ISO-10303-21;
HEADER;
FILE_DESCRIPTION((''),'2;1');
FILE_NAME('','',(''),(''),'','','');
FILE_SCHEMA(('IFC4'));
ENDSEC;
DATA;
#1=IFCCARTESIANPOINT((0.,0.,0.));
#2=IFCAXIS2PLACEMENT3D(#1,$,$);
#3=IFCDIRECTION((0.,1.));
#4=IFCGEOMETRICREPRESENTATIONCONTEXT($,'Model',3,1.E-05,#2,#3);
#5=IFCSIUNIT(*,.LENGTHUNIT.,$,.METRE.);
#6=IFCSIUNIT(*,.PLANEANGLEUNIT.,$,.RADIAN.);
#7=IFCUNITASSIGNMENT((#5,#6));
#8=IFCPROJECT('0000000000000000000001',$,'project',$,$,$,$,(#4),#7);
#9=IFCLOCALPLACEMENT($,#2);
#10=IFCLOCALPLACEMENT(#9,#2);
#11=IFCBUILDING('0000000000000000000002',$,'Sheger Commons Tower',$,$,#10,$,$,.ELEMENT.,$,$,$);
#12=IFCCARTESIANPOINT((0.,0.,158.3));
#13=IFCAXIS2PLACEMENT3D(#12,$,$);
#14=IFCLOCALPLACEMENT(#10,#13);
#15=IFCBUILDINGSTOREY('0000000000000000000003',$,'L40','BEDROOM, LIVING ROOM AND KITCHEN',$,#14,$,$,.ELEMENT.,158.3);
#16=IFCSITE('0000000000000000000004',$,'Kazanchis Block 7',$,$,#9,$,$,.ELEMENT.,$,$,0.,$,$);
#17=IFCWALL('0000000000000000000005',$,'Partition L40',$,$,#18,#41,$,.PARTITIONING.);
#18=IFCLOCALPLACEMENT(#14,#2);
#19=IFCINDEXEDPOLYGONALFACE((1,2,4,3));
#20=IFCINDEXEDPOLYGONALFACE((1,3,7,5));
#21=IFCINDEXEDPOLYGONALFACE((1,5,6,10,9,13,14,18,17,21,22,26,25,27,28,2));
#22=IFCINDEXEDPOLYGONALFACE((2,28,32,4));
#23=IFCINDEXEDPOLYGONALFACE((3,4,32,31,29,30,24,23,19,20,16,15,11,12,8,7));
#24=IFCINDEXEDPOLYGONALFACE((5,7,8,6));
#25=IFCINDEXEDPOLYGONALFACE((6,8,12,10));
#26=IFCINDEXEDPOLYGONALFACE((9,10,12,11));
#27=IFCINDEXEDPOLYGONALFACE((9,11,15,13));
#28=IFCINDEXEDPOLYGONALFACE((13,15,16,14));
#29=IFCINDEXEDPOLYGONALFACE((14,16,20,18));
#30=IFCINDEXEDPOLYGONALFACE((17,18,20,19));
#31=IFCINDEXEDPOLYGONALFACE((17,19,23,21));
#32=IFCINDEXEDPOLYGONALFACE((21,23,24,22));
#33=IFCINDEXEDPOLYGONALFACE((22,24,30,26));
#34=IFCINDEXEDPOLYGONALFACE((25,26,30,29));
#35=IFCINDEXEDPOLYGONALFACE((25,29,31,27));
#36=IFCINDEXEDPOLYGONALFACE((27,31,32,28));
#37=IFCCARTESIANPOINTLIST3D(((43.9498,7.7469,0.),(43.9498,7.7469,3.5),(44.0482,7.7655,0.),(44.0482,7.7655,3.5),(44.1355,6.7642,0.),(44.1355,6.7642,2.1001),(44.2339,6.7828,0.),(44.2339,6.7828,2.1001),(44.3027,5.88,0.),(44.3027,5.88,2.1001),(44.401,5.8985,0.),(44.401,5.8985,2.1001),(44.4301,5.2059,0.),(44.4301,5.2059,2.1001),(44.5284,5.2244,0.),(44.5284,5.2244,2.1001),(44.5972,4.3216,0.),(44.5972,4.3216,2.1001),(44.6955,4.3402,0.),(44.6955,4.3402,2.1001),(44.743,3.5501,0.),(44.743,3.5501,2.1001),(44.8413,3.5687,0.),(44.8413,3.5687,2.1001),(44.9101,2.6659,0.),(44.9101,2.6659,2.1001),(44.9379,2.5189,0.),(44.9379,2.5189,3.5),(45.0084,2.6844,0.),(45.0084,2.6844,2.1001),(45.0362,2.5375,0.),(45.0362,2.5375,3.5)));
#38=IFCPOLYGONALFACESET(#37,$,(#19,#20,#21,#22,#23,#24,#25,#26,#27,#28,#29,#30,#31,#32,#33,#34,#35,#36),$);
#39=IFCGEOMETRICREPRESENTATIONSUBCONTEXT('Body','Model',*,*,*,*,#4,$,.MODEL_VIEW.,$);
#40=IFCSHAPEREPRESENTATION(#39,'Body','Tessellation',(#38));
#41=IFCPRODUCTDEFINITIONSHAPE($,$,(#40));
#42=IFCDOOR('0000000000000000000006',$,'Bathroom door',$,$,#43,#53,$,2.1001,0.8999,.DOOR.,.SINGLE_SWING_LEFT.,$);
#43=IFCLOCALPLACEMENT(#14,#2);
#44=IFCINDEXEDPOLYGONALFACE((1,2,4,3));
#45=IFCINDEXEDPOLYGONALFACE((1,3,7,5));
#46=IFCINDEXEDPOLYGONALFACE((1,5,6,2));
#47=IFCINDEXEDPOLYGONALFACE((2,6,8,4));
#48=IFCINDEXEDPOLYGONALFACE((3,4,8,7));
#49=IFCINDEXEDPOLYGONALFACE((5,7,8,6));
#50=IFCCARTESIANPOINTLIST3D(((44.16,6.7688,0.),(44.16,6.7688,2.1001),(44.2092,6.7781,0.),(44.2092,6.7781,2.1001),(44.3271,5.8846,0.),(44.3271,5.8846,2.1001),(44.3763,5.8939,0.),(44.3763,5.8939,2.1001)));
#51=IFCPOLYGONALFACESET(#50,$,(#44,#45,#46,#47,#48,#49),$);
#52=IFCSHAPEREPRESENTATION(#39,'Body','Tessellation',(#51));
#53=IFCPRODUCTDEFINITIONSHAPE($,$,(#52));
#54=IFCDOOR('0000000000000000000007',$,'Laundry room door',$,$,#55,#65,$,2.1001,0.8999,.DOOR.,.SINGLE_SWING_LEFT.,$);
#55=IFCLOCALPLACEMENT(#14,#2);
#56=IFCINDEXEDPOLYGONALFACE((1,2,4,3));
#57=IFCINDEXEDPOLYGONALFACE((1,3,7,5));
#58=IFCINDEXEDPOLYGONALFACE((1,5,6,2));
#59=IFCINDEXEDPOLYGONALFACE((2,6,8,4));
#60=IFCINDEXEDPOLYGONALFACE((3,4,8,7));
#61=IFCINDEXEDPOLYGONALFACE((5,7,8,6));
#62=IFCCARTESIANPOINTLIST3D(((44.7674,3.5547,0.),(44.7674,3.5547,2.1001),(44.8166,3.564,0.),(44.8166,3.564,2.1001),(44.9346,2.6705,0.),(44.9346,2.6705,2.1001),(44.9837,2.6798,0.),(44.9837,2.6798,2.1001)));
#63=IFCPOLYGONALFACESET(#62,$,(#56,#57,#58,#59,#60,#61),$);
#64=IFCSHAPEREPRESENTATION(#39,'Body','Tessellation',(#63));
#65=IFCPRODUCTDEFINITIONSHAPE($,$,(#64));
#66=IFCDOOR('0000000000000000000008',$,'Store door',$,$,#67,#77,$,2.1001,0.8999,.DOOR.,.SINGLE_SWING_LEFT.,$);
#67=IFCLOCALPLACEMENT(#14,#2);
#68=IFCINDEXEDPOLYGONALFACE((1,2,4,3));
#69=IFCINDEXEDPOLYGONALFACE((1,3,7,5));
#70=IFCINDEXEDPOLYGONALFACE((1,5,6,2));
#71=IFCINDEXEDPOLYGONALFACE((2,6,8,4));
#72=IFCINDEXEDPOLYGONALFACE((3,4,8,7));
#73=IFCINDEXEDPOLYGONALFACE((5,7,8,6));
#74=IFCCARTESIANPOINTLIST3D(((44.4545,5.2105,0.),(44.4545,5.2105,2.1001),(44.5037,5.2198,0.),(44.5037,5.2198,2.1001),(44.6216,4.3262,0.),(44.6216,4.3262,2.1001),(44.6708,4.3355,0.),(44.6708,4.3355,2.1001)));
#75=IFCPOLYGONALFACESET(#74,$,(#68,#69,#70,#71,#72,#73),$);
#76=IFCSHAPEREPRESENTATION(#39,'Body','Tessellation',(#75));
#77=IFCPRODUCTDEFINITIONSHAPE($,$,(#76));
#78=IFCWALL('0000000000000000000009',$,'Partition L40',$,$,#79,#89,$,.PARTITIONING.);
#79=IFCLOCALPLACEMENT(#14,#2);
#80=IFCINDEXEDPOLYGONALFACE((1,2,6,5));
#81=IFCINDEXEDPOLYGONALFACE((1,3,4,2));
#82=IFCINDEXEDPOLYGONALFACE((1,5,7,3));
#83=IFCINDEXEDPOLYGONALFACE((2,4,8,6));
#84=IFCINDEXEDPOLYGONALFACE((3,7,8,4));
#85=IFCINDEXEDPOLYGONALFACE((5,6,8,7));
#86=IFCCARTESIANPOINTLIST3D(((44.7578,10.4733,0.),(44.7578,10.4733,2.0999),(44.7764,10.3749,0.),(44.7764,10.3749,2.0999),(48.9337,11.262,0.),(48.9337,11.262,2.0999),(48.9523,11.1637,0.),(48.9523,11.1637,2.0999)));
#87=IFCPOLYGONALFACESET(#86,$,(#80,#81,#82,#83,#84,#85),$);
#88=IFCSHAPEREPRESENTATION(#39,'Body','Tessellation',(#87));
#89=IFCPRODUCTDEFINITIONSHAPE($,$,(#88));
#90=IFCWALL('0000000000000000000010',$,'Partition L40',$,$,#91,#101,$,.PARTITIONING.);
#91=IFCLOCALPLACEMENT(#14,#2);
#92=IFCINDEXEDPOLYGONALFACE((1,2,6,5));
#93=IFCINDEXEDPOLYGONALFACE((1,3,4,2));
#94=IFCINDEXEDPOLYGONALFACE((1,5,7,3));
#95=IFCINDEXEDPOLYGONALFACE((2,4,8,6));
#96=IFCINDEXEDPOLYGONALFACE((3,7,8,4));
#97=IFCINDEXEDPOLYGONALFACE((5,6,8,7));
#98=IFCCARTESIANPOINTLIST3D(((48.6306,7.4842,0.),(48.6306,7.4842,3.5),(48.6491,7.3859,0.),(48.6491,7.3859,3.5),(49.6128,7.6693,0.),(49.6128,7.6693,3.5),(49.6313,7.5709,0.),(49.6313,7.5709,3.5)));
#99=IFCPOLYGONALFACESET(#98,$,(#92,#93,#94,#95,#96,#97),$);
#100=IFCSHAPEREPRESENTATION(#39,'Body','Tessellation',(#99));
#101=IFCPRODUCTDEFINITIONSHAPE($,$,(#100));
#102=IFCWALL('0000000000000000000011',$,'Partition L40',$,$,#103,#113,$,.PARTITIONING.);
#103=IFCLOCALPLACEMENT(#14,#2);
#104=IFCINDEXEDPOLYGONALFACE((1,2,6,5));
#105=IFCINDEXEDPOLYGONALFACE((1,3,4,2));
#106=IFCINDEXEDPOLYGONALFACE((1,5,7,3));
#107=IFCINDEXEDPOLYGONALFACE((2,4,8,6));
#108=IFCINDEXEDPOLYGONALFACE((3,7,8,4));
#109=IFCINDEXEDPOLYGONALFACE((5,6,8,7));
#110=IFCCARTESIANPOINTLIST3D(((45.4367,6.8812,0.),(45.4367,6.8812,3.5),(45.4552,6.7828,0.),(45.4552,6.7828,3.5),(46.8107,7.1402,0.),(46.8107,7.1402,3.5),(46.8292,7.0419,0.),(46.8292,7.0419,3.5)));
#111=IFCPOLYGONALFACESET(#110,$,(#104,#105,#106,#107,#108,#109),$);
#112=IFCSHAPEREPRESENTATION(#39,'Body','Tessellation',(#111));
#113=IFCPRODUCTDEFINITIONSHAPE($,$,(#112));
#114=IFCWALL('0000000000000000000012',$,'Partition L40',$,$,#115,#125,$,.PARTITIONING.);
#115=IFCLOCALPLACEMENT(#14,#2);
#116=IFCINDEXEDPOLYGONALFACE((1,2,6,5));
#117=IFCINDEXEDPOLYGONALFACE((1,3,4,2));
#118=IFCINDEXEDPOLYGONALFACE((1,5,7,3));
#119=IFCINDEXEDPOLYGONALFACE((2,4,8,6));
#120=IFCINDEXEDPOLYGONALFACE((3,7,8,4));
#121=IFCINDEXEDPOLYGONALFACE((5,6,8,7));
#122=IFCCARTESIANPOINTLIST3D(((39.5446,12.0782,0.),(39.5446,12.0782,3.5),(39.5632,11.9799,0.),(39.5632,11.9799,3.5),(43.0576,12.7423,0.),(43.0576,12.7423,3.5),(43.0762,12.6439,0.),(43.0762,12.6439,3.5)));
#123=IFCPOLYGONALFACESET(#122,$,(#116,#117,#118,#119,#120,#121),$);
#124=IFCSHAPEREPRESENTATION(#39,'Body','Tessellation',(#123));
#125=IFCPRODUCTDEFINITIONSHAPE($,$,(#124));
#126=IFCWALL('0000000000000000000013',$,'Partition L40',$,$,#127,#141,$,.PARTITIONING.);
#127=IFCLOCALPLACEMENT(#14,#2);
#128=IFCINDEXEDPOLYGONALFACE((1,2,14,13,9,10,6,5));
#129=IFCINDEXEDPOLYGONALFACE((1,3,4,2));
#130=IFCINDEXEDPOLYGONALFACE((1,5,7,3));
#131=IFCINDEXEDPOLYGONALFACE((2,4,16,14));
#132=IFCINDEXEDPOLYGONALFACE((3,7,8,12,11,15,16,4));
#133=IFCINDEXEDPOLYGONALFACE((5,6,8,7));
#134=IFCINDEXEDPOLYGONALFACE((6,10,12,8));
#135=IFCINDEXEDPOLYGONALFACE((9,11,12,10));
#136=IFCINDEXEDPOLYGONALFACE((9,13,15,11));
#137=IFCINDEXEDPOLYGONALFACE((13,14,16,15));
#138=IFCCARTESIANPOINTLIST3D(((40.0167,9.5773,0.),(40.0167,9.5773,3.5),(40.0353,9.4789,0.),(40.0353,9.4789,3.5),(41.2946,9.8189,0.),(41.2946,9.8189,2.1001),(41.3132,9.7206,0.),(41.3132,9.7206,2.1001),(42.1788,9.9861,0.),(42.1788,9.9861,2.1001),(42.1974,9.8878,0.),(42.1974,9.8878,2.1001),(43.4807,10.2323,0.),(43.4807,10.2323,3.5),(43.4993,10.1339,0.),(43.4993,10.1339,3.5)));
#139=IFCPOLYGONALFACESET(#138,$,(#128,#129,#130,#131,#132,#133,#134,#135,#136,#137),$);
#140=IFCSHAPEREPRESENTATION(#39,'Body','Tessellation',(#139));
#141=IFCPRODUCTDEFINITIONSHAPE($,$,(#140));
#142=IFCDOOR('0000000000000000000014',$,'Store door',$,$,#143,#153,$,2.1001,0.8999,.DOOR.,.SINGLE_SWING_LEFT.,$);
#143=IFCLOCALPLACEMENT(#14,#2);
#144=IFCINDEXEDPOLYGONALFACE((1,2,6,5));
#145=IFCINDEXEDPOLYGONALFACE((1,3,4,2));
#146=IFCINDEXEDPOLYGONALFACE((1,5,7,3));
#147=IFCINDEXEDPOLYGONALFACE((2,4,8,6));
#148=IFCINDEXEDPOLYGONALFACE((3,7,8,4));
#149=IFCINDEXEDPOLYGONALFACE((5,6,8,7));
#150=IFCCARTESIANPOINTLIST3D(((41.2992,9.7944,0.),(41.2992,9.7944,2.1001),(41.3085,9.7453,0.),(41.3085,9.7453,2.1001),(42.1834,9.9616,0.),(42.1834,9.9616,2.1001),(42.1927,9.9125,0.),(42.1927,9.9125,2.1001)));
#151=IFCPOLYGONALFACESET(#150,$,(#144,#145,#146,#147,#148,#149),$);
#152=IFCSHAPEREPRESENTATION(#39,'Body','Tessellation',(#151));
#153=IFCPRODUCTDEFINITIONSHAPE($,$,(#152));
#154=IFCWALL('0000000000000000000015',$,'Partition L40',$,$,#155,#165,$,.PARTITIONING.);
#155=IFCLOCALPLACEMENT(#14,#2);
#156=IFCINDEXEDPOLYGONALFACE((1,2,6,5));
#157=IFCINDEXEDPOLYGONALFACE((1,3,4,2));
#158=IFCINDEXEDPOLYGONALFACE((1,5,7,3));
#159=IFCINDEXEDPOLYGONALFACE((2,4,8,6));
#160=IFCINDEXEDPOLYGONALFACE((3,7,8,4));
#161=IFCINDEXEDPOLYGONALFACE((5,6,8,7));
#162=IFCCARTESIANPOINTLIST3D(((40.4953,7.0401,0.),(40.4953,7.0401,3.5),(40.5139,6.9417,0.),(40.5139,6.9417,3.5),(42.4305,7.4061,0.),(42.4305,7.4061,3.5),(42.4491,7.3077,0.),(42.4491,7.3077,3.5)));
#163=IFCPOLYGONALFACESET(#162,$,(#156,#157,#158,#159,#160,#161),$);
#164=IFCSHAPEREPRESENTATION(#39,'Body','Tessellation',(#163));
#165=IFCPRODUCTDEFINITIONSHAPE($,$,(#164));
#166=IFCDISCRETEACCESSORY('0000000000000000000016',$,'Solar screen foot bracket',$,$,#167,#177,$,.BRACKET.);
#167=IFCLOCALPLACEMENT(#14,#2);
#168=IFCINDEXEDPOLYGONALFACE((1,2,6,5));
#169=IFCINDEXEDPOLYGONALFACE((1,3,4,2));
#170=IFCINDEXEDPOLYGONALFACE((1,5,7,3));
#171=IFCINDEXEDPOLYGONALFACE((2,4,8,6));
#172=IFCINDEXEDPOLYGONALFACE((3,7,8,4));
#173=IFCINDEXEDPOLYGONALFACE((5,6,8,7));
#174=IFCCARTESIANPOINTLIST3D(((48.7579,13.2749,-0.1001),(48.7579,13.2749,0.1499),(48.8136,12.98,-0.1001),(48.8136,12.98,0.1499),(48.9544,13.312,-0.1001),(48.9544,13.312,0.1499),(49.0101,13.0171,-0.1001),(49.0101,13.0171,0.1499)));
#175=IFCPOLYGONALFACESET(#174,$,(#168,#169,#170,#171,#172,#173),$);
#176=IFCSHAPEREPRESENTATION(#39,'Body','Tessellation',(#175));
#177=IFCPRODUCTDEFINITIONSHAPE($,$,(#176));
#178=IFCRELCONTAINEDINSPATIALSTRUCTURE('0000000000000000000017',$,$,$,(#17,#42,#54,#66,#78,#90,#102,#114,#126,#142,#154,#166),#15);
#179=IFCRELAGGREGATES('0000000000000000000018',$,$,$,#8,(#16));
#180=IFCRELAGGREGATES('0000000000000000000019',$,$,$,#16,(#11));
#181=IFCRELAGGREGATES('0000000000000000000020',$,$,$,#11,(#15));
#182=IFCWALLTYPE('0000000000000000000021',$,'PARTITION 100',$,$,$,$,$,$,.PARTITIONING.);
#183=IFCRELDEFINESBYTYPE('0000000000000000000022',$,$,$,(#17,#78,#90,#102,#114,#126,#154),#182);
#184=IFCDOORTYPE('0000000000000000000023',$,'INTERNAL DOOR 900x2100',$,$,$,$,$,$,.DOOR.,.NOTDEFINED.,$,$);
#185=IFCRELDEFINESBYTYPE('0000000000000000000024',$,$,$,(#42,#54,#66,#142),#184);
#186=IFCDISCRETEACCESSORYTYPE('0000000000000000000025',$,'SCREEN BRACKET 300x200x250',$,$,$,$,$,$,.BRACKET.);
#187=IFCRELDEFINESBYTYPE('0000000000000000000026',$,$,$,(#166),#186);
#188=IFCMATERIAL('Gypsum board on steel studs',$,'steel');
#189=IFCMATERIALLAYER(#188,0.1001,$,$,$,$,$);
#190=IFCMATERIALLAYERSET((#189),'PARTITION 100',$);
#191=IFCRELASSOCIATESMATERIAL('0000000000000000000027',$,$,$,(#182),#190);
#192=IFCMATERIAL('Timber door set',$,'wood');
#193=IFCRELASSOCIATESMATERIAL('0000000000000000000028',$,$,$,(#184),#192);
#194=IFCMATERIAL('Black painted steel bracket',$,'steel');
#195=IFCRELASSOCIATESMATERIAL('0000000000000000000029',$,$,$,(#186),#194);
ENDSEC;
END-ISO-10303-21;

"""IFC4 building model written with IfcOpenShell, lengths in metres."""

from ifc_helpers import new_model, si_unit, direction, frame, frame_2d, origin, origin_2d, place, context, subcontext, project, spatial, rectangle, extrude, material, layer, layer_set, type_object, element, fill, save


model = new_model("IFC4")

# Units and contexts
model_context = context("Model", 3, precision=1e-05, world=origin(), true_north=direction((0.0, 1.0)))
body_context = subcontext(model_context, "Body", "Model", "MODEL_VIEW")
ifc_project = project(units=[si_unit("LENGTHUNIT", "METRE"), si_unit("PLANEANGLEUNIT", "RADIAN")], contexts=[model_context])

# Site, building, storey
site_placement = place(None, origin())
site = spatial("IfcSite", under=ifc_project, at=site_placement, Name="Kazanchis Block 7", CompositionType="ELEMENT", RefElevation=0.0)
building_placement = place(site_placement, origin())
building = spatial("IfcBuilding", under=site, at=building_placement, Name="Sheger Commons Tower", CompositionType="ELEMENT")
storey_placement = place(building_placement, frame((0.0, 0.0, 158.3)))
storey = spatial("IfcBuildingStorey", under=building, at=storey_placement, Name="L40", Description="BEDROOM, LIVING ROOM AND KITCHEN", CompositionType="ELEMENT", Elevation=158.3)

# Shared definitions
ifc_material_1 = material(Name="Gypsum board on steel studs", Category="steel")
ifc_layer_1 = layer(ifc_material_1, 0.1001)
ifc_layer_set_1 = layer_set([ifc_layer_1], Name="PARTITION 100")
wall_type_1 = type_object("IfcWallType", Name="PARTITION 100", PredefinedType="PARTITIONING", material=ifc_layer_set_1)
ifc_material_2 = material(Name="Timber door set", Category="wood")
door_type_1 = type_object("IfcDoorType", Name="INTERNAL DOOR 900x2100", OperationType="NOTDEFINED", PredefinedType="DOOR", material=ifc_material_2)

# Wall, openings, doors
wall_1_placement = place(storey_placement, frame((43.999, 7.7561, 0.0), z_axis=(0.0, 0.0, 1.0), x_axis=(0.185701, -0.982606, 0.0)))
wall_1 = element("IfcWall", 1, at=wall_1_placement, inside=storey, type_object=wall_type_1, Name="Partition L40", PredefinedType="PARTITIONING", context=body_context, shape_type="SweptSolid", body=[
    extrude(rectangle(XDim=5.3206, YDim=0.1001, at=frame_2d((2.6602, 0.0))), origin(), (0.0, 0.0, 1.0), 3.5),
])
opening_1_placement = place(wall_1_placement, frame((1.0, 0.0, 0.0)))
opening_1 = element("IfcOpeningElement", 2, at=opening_1_placement, cuts=wall_1, PredefinedType="OPENING", context=body_context, shape_type="SweptSolid", body=[
    extrude(rectangle(XDim=0.8999, YDim=2.1001, at=frame_2d((0.45, 1.05))), frame((0.0, 0.0601, 0.0), z_axis=(0.0, -1.0, 0.0), x_axis=(1.0, 0.0, 0.0)), (0.0, 0.0, 1.0), 0.1201),
])
opening_2_placement = place(wall_1_placement, frame((4.271, 0.0, 0.0)))
opening_2 = element("IfcOpeningElement", 3, at=opening_2_placement, cuts=wall_1, PredefinedType="OPENING", context=body_context, shape_type="SweptSolid", body=[
    extrude(rectangle(XDim=0.8999, YDim=2.1001, at=frame_2d((0.45, 1.05))), frame((0.0, 0.0601, 0.0), z_axis=(0.0, -1.0, 0.0), x_axis=(1.0, 0.0, 0.0)), (0.0, 0.0, 1.0), 0.1201),
])
opening_3_placement = place(wall_1_placement, frame((2.5859, 0.0, 0.0)))
opening_3 = element("IfcOpeningElement", 4, at=opening_3_placement, cuts=wall_1, PredefinedType="OPENING", context=body_context, shape_type="SweptSolid", body=[
    extrude(rectangle(XDim=0.8999, YDim=2.1001, at=frame_2d((0.45, 1.05))), frame((0.0, 0.0601, 0.0), z_axis=(0.0, -1.0, 0.0), x_axis=(1.0, 0.0, 0.0)), (0.0, 0.0, 1.0), 0.1201),
])
door_1_placement = place(opening_1_placement, origin())
door_1 = element("IfcDoor", 5, at=door_1_placement, inside=storey, type_object=door_type_1, Name="Bathroom door", OperationType="SINGLE_SWING_LEFT", OverallHeight=2.1001, OverallWidth=0.8999, PredefinedType="DOOR", context=body_context, shape_type="SweptSolid", body=[
    extrude(rectangle(XDim=0.8999, YDim=2.1001, at=frame_2d((0.45, 1.05))), frame((0.0, 0.0249, 0.0), z_axis=(0.0, -1.0, 0.0), x_axis=(1.0, 0.0, 0.0)), (0.0, 0.0, 1.0), 0.05),
])
fill(opening_1, door_1)
door_2_placement = place(opening_2_placement, origin())
door_2 = element("IfcDoor", 6, at=door_2_placement, inside=storey, type_object=door_type_1, Name="Laundry room door", OperationType="SINGLE_SWING_LEFT", OverallHeight=2.1001, OverallWidth=0.8999, PredefinedType="DOOR", context=body_context, shape_type="SweptSolid", body=[
    extrude(rectangle(XDim=0.8999, YDim=2.1001, at=frame_2d((0.45, 1.05))), frame((0.0, 0.0249, 0.0), z_axis=(0.0, -1.0, 0.0), x_axis=(1.0, 0.0, 0.0)), (0.0, 0.0, 1.0), 0.05),
])
fill(opening_2, door_2)
door_3_placement = place(opening_3_placement, origin())
door_3 = element("IfcDoor", 7, at=door_3_placement, inside=storey, type_object=door_type_1, Name="Store door", OperationType="SINGLE_SWING_LEFT", OverallHeight=2.1001, OverallWidth=0.8999, PredefinedType="DOOR", context=body_context, shape_type="SweptSolid", body=[
    extrude(rectangle(XDim=0.8999, YDim=2.1001, at=frame_2d((0.45, 1.05))), frame((0.0, 0.0249, 0.0), z_axis=(0.0, -1.0, 0.0), x_axis=(1.0, 0.0, 0.0)), (0.0, 0.0, 1.0), 0.05),
])
fill(opening_3, door_3)

# Walls
wall_2_placement = place(storey_placement, frame((48.9431, 11.2129, 0.0), z_axis=(0.0, 0.0, 1.0), x_axis=(-0.982624, -0.18561, 0.0)))
element("IfcWall", 8, at=wall_2_placement, inside=storey, type_object=wall_type_1, Name="Partition L40", PredefinedType="PARTITIONING", context=body_context, shape_type="SweptSolid", body=[
    extrude(rectangle(XDim=4.2498, YDim=0.1001, at=frame_2d((2.125, 0.0))), origin(), (0.0, 0.0, 1.0), 2.0999),
])
wall_3_placement = place(storey_placement, frame((49.6221, 7.6201, 0.0), z_axis=(0.0, 0.0, 1.0), x_axis=(-0.982709, -0.185159, 0.0)))
element("IfcWall", 9, at=wall_3_placement, inside=storey, type_object=wall_type_1, Name="Partition L40", PredefinedType="PARTITIONING", context=body_context, shape_type="SweptSolid", body=[
    extrude(rectangle(XDim=0.9995, YDim=0.1001, at=frame_2d((0.4998, 0.0))), origin(), (0.0, 0.0, 1.0), 3.5),
])
wall_4_placement = place(storey_placement, frame((46.8201, 7.0911, 0.0), z_axis=(0.0, 0.0, 1.0), x_axis=(-0.98269, -0.185258, 0.0)))
element("IfcWall", 10, at=wall_4_placement, inside=storey, type_object=wall_type_1, Name="Partition L40", PredefinedType="PARTITIONING", context=body_context, shape_type="SweptSolid", body=[
    extrude(rectangle(XDim=1.3982, YDim=0.1001, at=frame_2d((0.6992, 0.0))), origin(), (0.0, 0.0, 1.0), 3.5),
])
wall_5_placement = place(storey_placement, frame((43.0669, 12.6931, 0.0), z_axis=(0.0, 0.0, 1.0), x_axis=(-0.982598, -0.185744, 0.0)))
element("IfcWall", 11, at=wall_5_placement, inside=storey, type_object=wall_type_1, Name="Partition L40", PredefinedType="PARTITIONING", context=body_context, shape_type="SweptSolid", body=[
    extrude(rectangle(XDim=3.5752, YDim=0.1001, at=frame_2d((1.7876, 0.0))), origin(), (0.0, 0.0, 1.0), 3.5),
])

# Wall, opening, door
wall_6_placement = place(storey_placement, frame((43.49, 10.1831, 0.0), z_axis=(0.0, 0.0, 1.0), x_axis=(-0.982588, -0.185798, 0.0)))
wall_6 = element("IfcWall", 12, at=wall_6_placement, inside=storey, type_object=wall_type_1, Name="Partition L40", PredefinedType="PARTITIONING", context=body_context, shape_type="SweptSolid", body=[
    extrude(rectangle(XDim=3.5254, YDim=0.1001, at=frame_2d((1.7627, 0.0))), origin(), (0.0, 0.0, 1.0), 3.5),
])
opening_4_placement = place(wall_6_placement, frame((1.325, 0.0, 0.0)))
opening_4 = element("IfcOpeningElement", 13, at=opening_4_placement, cuts=wall_6, PredefinedType="OPENING", context=body_context, shape_type="SweptSolid", body=[
    extrude(rectangle(XDim=0.8999, YDim=2.1001, at=frame_2d((0.45, 1.05))), frame((0.0, 0.0601, 0.0), z_axis=(0.0, -1.0, 0.0), x_axis=(1.0, 0.0, 0.0)), (0.0, 0.0, 1.0), 0.1201),
])
door_4_placement = place(opening_4_placement, origin())
door_4 = element("IfcDoor", 14, at=door_4_placement, inside=storey, type_object=door_type_1, Name="Store door", OperationType="SINGLE_SWING_LEFT", OverallHeight=2.1001, OverallWidth=0.8999, PredefinedType="DOOR", context=body_context, shape_type="SweptSolid", body=[
    extrude(rectangle(XDim=0.8999, YDim=2.1001, at=frame_2d((0.45, 1.05))), frame((0.0, 0.0249, 0.0), z_axis=(0.0, -1.0, 0.0), x_axis=(1.0, 0.0, 0.0)), (0.0, 0.0, 1.0), 0.05),
])
fill(opening_4, door_4)

# Wall
wall_7_placement = place(storey_placement, frame((42.4399, 7.3569, 0.0), z_axis=(0.0, 0.0, 1.0), x_axis=(-0.982582, -0.18583, 0.0)))
element("IfcWall", 15, at=wall_7_placement, inside=storey, type_object=wall_type_1, Name="Partition L40", PredefinedType="PARTITIONING", context=body_context, shape_type="SweptSolid", body=[
    extrude(rectangle(XDim=1.9695, YDim=0.1001, at=frame_2d((0.9849, 0.0))), origin(), (0.0, 0.0, 1.0), 3.5),
])

# Discrete accessory
ifc_material_3 = material(Name="Black painted steel bracket", Category="steel")
discrete_accessory_type = type_object("IfcDiscreteAccessoryType", Name="SCREEN BRACKET 300x200x250", PredefinedType="BRACKET", material=ifc_material_3)
discrete_accessory_placement = place(storey_placement, frame((48.884, 13.146, -0.1001), z_axis=(0.0, 0.0, 1.0), x_axis=(-0.185615, 0.982623, 0.0)))
element("IfcDiscreteAccessory", 16, at=discrete_accessory_placement, inside=storey, type_object=discrete_accessory_type, Name="Solar screen foot bracket", PredefinedType="BRACKET", context=body_context, shape_type="SweptSolid", body=[
    extrude(rectangle(XDim=0.3, YDim=0.2, at=origin_2d()), origin(), (0.0, 0.0, 1.0), 0.25),
])

save(model, "model.ifc")
